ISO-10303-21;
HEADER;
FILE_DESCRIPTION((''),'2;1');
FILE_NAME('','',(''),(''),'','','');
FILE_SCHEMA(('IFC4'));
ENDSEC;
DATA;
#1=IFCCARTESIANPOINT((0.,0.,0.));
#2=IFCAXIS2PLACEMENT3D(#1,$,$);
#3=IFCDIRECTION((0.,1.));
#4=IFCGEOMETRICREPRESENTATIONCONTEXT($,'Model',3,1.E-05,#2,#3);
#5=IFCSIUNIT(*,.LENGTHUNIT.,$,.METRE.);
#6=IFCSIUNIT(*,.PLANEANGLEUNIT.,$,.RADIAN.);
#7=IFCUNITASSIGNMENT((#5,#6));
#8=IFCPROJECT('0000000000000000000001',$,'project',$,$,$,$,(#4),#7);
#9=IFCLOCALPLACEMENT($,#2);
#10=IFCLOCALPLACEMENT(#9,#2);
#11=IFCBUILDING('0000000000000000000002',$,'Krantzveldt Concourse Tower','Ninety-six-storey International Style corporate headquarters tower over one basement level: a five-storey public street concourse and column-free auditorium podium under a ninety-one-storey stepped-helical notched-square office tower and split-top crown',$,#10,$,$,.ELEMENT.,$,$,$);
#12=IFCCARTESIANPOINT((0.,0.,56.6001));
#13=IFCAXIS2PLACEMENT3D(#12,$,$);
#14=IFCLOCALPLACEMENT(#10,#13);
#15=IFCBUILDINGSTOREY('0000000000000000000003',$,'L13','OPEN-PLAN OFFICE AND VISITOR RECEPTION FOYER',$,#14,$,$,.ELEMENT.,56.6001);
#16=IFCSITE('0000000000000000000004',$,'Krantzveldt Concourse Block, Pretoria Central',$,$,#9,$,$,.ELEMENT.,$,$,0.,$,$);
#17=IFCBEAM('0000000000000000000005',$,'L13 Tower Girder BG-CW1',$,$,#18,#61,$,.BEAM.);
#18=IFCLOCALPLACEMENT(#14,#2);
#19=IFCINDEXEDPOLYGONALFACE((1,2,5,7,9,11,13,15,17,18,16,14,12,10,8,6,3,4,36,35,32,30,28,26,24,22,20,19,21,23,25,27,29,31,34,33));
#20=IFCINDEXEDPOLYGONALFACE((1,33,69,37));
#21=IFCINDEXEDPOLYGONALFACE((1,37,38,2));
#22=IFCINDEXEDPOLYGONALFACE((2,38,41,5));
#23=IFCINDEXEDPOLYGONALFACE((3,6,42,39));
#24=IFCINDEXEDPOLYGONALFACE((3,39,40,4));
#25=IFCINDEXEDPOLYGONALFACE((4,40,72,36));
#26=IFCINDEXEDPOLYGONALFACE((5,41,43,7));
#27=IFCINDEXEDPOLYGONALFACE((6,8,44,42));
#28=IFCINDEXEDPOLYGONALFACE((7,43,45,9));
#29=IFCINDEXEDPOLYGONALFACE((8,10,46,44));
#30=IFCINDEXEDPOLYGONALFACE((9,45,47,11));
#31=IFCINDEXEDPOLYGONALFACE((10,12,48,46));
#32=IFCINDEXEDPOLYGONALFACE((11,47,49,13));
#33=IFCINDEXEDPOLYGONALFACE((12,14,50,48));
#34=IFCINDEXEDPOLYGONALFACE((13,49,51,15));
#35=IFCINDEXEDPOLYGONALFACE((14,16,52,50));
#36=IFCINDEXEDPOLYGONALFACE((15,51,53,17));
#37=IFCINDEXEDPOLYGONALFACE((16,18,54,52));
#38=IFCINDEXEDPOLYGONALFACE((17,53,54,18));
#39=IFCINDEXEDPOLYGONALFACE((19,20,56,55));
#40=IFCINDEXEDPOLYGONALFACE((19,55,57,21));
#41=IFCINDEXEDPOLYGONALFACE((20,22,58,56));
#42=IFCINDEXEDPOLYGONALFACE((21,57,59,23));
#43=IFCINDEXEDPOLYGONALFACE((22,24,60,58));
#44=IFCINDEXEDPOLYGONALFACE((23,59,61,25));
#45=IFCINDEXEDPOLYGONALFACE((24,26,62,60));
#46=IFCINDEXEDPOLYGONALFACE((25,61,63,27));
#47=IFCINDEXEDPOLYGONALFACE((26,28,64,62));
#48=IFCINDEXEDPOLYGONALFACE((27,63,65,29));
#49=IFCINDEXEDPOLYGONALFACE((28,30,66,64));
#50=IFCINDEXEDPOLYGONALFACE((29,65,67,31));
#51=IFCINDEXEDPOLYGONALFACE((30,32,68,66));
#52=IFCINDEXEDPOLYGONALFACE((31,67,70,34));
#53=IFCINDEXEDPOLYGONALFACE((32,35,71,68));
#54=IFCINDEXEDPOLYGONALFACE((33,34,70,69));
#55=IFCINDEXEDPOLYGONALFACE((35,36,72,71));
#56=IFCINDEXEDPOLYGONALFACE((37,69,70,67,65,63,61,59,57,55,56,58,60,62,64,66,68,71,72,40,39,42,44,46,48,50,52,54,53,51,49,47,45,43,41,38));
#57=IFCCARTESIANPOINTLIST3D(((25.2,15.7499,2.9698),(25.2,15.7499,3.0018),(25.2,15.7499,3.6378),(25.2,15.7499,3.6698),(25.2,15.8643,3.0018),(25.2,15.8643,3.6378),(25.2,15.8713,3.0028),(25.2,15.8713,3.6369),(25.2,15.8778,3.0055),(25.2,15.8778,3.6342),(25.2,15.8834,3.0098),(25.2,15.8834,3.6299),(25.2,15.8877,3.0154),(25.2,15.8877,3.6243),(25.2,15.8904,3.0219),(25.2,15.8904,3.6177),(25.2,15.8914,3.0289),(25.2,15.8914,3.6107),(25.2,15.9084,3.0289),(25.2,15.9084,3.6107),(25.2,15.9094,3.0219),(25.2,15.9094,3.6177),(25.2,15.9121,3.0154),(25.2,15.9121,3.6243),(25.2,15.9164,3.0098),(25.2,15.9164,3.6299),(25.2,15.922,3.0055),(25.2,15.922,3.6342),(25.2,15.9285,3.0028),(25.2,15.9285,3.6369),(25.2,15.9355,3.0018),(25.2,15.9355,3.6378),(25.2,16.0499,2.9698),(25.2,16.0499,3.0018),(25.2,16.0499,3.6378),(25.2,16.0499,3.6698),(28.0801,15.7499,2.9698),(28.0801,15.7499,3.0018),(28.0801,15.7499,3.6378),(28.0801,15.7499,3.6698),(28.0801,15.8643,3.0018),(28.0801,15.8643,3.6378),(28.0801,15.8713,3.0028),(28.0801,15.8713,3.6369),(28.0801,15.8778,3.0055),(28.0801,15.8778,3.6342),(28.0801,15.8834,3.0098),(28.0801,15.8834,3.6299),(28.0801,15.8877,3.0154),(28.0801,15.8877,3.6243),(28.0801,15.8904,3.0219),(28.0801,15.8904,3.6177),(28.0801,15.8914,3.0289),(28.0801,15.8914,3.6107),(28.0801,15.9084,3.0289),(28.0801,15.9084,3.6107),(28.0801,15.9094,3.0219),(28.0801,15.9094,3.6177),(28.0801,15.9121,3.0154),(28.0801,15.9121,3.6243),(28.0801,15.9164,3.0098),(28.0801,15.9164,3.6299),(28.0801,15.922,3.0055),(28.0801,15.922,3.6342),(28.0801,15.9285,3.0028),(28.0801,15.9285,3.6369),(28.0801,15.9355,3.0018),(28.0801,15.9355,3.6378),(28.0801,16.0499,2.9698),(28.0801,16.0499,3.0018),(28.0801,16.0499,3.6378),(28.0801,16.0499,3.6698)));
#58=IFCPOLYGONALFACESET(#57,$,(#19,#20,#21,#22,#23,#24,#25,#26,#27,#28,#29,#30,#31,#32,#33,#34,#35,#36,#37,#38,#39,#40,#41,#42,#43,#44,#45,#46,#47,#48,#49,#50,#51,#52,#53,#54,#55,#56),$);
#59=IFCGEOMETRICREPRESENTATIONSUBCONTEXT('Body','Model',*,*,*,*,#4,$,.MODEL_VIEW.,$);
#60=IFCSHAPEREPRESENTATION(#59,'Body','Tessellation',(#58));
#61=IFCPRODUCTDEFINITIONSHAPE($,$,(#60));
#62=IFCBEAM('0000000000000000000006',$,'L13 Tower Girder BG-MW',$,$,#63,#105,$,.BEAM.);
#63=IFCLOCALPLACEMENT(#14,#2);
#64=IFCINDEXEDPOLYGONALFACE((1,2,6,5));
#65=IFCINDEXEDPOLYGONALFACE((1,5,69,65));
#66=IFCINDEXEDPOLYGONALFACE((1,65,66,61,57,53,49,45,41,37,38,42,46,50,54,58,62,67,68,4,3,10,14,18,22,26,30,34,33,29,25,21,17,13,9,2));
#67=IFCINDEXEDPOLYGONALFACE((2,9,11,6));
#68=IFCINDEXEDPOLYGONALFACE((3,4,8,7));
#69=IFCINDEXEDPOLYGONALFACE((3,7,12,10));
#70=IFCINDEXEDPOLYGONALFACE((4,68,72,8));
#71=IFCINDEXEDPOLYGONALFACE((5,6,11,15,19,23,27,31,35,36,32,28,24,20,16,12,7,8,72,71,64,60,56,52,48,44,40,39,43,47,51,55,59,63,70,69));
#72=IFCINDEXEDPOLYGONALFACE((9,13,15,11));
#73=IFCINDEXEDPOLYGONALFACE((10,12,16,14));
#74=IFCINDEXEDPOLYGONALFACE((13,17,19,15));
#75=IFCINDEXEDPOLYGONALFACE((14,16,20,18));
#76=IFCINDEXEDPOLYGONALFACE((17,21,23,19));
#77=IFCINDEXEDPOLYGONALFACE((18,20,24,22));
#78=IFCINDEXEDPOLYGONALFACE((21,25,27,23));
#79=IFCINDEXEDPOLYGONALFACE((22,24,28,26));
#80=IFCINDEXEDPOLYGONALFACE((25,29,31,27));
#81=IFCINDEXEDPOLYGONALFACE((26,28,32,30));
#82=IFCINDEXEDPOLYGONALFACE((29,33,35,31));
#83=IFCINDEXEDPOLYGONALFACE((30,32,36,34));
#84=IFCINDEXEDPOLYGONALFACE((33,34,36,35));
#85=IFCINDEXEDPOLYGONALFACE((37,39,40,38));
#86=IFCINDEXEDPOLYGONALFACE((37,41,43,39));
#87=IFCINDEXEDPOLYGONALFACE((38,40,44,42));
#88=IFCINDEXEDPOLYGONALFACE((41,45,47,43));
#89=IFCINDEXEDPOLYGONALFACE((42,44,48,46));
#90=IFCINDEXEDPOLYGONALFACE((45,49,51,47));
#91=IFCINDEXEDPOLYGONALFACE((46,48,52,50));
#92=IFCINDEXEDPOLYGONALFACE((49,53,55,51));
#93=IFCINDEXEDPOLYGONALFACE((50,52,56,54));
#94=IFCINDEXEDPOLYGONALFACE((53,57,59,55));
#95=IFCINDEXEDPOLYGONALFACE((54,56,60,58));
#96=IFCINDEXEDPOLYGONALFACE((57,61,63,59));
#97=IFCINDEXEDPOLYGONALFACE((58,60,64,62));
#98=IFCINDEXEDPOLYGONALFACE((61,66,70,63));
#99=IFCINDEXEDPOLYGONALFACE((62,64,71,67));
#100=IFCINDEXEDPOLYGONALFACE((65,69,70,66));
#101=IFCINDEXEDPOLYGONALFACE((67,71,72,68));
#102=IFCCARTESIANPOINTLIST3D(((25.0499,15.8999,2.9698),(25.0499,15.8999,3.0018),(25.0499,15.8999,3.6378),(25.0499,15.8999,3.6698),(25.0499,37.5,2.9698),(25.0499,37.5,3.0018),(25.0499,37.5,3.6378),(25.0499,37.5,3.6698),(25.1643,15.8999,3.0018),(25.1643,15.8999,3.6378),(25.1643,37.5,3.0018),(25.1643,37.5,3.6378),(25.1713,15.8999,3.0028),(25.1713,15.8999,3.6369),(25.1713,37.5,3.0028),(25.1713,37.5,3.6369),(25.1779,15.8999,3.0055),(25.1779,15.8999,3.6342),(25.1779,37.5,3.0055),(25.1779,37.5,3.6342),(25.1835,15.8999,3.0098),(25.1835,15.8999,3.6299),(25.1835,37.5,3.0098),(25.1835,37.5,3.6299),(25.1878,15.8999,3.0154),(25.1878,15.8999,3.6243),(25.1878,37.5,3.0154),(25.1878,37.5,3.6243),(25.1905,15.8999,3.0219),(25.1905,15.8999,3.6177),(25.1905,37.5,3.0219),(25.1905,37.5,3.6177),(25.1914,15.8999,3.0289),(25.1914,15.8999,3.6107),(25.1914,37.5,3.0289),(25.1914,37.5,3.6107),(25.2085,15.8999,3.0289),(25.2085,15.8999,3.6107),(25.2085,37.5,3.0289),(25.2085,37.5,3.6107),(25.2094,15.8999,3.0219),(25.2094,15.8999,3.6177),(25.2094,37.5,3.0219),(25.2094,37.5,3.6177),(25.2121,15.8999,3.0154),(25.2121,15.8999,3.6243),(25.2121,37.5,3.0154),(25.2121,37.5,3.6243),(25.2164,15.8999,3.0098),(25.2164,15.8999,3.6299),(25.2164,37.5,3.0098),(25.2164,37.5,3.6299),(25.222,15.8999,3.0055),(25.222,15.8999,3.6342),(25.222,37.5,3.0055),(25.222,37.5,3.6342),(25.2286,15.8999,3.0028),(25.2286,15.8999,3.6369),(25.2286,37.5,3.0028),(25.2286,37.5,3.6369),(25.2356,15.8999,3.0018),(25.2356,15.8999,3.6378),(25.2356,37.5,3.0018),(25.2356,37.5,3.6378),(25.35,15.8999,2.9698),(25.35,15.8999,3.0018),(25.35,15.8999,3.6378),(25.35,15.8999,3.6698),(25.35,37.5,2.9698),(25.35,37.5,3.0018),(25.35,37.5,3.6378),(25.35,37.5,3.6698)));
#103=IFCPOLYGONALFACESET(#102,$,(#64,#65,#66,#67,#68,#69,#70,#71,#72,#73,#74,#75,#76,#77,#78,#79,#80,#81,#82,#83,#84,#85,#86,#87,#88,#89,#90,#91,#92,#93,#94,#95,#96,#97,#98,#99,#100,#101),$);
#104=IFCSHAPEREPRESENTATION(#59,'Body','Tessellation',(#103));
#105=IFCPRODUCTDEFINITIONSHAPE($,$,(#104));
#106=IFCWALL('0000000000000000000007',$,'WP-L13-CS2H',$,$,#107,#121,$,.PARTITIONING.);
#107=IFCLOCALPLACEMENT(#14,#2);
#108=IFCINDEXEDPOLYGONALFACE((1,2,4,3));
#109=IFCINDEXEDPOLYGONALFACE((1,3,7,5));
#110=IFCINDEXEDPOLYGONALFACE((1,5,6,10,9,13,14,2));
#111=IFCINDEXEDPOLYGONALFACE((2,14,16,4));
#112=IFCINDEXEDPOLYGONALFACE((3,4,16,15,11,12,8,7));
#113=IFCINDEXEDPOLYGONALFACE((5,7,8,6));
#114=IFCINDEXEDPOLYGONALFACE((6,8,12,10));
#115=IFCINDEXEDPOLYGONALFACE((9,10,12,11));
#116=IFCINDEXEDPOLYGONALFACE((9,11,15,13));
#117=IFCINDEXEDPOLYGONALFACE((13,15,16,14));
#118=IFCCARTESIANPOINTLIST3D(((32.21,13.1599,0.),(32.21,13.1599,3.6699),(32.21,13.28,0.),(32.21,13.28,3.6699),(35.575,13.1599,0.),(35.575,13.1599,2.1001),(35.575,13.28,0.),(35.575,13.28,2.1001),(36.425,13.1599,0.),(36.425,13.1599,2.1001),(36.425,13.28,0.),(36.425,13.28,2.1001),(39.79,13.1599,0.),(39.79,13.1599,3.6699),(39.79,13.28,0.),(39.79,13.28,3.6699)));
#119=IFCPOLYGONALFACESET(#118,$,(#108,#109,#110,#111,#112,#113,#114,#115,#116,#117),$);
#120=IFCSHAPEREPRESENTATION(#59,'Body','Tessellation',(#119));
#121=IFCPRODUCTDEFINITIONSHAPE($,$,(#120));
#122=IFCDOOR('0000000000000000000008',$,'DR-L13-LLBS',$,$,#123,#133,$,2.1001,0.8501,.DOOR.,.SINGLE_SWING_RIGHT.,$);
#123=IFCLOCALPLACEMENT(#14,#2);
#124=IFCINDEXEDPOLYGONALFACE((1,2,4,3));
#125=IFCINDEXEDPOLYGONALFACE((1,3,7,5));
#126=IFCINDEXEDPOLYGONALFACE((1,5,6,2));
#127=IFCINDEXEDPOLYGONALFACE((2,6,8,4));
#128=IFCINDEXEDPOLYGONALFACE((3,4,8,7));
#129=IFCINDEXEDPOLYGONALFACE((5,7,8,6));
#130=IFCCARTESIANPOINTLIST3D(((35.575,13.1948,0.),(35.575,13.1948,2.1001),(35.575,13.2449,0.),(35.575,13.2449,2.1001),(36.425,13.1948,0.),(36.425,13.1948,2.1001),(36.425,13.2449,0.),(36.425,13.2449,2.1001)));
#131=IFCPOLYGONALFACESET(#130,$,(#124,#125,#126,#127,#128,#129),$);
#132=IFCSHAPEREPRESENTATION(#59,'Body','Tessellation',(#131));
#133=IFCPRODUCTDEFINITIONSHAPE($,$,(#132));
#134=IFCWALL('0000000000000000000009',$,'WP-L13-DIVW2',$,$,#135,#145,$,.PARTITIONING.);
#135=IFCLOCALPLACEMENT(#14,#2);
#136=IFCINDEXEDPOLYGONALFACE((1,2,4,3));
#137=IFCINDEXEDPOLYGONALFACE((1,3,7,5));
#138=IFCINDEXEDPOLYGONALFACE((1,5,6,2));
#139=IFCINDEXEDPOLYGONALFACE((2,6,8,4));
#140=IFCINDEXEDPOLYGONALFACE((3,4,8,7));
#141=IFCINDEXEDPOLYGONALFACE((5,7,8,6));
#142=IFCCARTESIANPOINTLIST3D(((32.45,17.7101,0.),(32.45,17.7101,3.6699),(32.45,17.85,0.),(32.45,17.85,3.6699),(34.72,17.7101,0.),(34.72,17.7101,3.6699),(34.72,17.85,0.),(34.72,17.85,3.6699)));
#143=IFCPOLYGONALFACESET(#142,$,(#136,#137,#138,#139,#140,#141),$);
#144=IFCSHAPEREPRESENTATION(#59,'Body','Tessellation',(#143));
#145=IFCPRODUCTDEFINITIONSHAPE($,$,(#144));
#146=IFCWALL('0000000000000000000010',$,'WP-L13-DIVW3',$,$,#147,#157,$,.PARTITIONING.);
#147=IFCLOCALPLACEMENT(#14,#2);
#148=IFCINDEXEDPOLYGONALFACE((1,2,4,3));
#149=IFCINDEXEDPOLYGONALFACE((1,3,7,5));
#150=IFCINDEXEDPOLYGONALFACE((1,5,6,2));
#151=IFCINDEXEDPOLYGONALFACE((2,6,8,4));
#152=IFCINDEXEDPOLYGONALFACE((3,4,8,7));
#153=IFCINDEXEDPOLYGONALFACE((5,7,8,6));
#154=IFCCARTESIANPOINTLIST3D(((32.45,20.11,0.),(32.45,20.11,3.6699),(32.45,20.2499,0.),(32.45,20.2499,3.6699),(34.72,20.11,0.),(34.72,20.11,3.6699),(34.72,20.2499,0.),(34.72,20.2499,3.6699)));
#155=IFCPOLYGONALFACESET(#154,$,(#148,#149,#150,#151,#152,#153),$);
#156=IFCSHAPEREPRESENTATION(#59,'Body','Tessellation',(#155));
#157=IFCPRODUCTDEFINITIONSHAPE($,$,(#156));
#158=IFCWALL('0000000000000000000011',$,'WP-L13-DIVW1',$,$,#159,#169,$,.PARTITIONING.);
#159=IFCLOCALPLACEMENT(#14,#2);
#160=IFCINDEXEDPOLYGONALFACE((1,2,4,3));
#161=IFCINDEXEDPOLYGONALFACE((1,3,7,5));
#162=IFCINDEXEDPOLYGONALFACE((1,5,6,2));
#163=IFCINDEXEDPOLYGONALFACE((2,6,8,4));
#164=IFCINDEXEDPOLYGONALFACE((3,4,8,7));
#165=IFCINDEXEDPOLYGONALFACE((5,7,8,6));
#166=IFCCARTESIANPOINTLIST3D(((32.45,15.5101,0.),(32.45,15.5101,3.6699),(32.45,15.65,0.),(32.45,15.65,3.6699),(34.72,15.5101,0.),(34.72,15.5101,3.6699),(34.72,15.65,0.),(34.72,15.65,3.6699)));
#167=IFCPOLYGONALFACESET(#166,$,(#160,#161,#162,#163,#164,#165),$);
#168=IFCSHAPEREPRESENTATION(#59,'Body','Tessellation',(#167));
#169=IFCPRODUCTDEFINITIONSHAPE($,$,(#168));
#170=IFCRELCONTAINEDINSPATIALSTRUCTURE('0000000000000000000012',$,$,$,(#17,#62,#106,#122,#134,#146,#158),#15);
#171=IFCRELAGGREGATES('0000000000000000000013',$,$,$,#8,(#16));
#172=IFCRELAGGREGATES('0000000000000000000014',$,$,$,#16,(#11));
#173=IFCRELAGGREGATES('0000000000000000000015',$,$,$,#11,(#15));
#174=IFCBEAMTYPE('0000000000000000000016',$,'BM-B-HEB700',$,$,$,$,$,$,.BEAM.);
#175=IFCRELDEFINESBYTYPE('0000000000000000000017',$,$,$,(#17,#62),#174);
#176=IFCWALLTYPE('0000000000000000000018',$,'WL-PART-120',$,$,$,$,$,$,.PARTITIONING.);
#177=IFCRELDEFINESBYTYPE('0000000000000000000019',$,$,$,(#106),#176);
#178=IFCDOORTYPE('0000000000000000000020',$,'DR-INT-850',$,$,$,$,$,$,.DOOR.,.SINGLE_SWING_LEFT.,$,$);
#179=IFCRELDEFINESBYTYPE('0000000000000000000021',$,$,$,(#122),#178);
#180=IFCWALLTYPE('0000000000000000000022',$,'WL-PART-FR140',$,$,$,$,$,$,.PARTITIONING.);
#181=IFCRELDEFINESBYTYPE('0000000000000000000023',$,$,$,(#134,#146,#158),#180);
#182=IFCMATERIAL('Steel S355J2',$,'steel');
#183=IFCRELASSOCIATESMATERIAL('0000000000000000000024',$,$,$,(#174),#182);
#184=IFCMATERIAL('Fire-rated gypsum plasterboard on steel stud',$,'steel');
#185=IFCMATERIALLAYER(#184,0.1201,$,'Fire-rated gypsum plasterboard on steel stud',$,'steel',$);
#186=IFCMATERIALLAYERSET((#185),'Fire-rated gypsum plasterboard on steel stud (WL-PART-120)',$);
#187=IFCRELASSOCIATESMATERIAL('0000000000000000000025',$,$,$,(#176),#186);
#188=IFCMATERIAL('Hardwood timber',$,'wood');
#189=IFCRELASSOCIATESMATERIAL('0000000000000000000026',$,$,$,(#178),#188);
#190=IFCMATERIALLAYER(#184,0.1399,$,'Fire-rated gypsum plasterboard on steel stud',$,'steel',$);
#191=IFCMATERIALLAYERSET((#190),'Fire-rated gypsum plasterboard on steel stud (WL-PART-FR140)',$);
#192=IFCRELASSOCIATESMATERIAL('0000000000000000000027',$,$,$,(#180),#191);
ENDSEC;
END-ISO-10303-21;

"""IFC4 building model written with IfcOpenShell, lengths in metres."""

from ifc_helpers import new_model, si_unit, direction, frame, frame_2d, origin, origin_2d, place, context, subcontext, project, spatial, rectangle, i_section, extrude, source, transform, mapped, material, layer, layer_set, material_profile, profile_set, type_object, type_shapes, element, fill, save


model = new_model("IFC4")

# Units and contexts
model_context = context("Model", 3, precision=1e-05, world=origin(), true_north=direction((0.0, 1.0)))
body_context = subcontext(model_context, "Body", "Model", "MODEL_VIEW")
ifc_project = project(units=[si_unit("LENGTHUNIT", "METRE"), si_unit("PLANEANGLEUNIT", "RADIAN")], contexts=[model_context])

# Site, building, storey
site_placement = place(None, origin())
site = spatial("IfcSite", under=ifc_project, at=site_placement, Name="Krantzveldt Concourse Block, Pretoria Central", CompositionType="ELEMENT", RefElevation=0.0)
building_placement = place(site_placement, origin())
building = spatial("IfcBuilding", under=site, at=building_placement, Name="Krantzveldt Concourse Tower", Description="Ninety-six-storey International Style corporate headquarters tower over one basement level: a five-storey public street concourse and column-free auditorium podium under a ninety-one-storey stepped-helical notched-square office tower and split-top crown", CompositionType="ELEMENT")
storey_placement = place(building_placement, frame((0.0, 0.0, 56.6001)))
storey = spatial("IfcBuildingStorey", under=building, at=storey_placement, Name="L13", Description="OPEN-PLAN OFFICE AND VISITOR RECEPTION FOYER", CompositionType="ELEMENT", Elevation=56.6001)

# Beams
ifc_material_1 = material(Name="Steel S355J2", Category="steel")
ifc_material_profile = material_profile(ifc_material_1, i_section(OverallWidth=0.3, OverallDepth=0.7, WebThickness=0.0171, FlangeThickness=0.032, FilletRadius=0.0271, at=origin_2d()), Name="Steel S355J2", Category="steel")
ifc_profile_set = profile_set([ifc_material_profile], Name="Steel S355J2 - HEB 700")
beam_type = type_object("IfcBeamType", Name="BM-B-HEB700", PredefinedType="BEAM", material=ifc_profile_set)
shared_shape_1 = source(origin(), body_context, "Body", "SweptSolid", [
    extrude(i_section(OverallWidth=0.3, OverallDepth=0.7, WebThickness=0.0171, FlangeThickness=0.032, FilletRadius=0.0271, at=origin_2d()), origin(), (0.0, 0.0, 1.0), 2.8801),
])
beam_1_placement = place(storey_placement, frame((25.2, 15.8999, 3.3198), z_axis=(1.0, 0.0, 0.0), x_axis=(0.0, 1.0, 0.0)))
element("IfcBeam", 1, at=beam_1_placement, inside=storey, type_object=beam_type, Name="L13 Tower Girder BG-CW1", PredefinedType="BEAM", context=body_context, shape_type="MappedRepresentation", body=[
    mapped(shared_shape_1, transform((0.0, 0.0, 0.0), x_axis=(1.0, 0.0, 0.0), y_axis=(0.0, 1.0, 0.0), z_axis=(0.0, 0.0, 1.0), scale=1.0)),
])
shared_shape_2 = source(origin(), body_context, "Body", "SweptSolid", [
    extrude(i_section(OverallWidth=0.3, OverallDepth=0.7, WebThickness=0.0171, FlangeThickness=0.032, FilletRadius=0.0271, at=origin_2d()), origin(), (0.0, 0.0, 1.0), 21.6001),
])
type_shapes(beam_type, [shared_shape_1, shared_shape_2])
beam_2_placement = place(storey_placement, frame((25.2, 15.8999, 3.3198), z_axis=(0.0, 1.0, 0.0), x_axis=(-1.0, 0.0, 0.0)))
element("IfcBeam", 2, at=beam_2_placement, inside=storey, type_object=beam_type, Name="L13 Tower Girder BG-MW", PredefinedType="BEAM", context=body_context, shape_type="MappedRepresentation", body=[
    mapped(shared_shape_2, transform((0.0, 0.0, 0.0), x_axis=(1.0, 0.0, 0.0), y_axis=(0.0, 1.0, 0.0), z_axis=(0.0, 0.0, 1.0), scale=1.0)),
])

# Wall, opening, door
ifc_material_2 = material(Name="Fire-rated gypsum plasterboard on steel stud", Category="steel")
ifc_layer_1 = layer(ifc_material_2, 0.1201, Name="Fire-rated gypsum plasterboard on steel stud", Category="steel")
ifc_layer_set_1 = layer_set([ifc_layer_1], Name="Fire-rated gypsum plasterboard on steel stud (WL-PART-120)")
wall_type_1 = type_object("IfcWallType", Name="WL-PART-120", PredefinedType="PARTITIONING", material=ifc_layer_set_1)
wall_1_placement = place(storey_placement, frame((32.21, 13.22, 0.0), z_axis=(0.0, 0.0, 1.0), x_axis=(1.0, 0.0, 0.0)))
wall_1 = element("IfcWall", 3, at=wall_1_placement, inside=storey, type_object=wall_type_1, Name="WP-L13-CS2H", PredefinedType="PARTITIONING", context=body_context, shape_type="SweptSolid", body=[
    extrude(rectangle(XDim=7.5801, YDim=0.1201, at=frame_2d((3.79, 0.0))), origin(), (0.0, 0.0, 1.0), 3.6699),
])
opening_1_placement = place(wall_1_placement, frame((3.365, 0.0, 0.0)))
opening_1 = element("IfcOpeningElement", 4, at=opening_1_placement, cuts=wall_1, PredefinedType="OPENING", context=body_context, shape_type="SweptSolid", body=[
    extrude(rectangle(XDim=0.8501, YDim=2.1001, at=frame_2d((0.425, 1.05))), frame((0.0, 0.0701, 0.0), z_axis=(0.0, -1.0, 0.0), x_axis=(1.0, 0.0, 0.0)), (0.0, 0.0, 1.0), 0.1401),
])
ifc_material_3 = material(Name="Hardwood timber", Category="wood")
door_type_1 = type_object("IfcDoorType", Name="DR-INT-850", OperationType="SINGLE_SWING_LEFT", PredefinedType="DOOR", material=ifc_material_3)
door_1_placement = place(opening_1_placement, origin())
door_1 = element("IfcDoor", 5, at=door_1_placement, inside=storey, type_object=door_type_1, Name="DR-L13-LLBS", OperationType="SINGLE_SWING_RIGHT", OverallHeight=2.1001, OverallWidth=0.8501, PredefinedType="DOOR", context=body_context, shape_type="SweptSolid", body=[
    extrude(rectangle(XDim=0.8501, YDim=2.1001, at=frame_2d((0.425, 1.05))), frame((0.0, 0.0249, 0.0), z_axis=(0.0, -1.0, 0.0), x_axis=(1.0, 0.0, 0.0)), (0.0, 0.0, 1.0), 0.05),
])
fill(opening_1, door_1)

# Walls
ifc_layer_2 = layer(ifc_material_2, 0.1399, Name="Fire-rated gypsum plasterboard on steel stud", Category="steel")
ifc_layer_set_2 = layer_set([ifc_layer_2], Name="Fire-rated gypsum plasterboard on steel stud (WL-PART-FR140)")
wall_type_2 = type_object("IfcWallType", Name="WL-PART-FR140", PredefinedType="PARTITIONING", material=ifc_layer_set_2)
for number, where, z_axis, x_axis, name in (
    (6, (32.45, 17.78, 0.0), (0.0, 0.0, 1.0), (1.0, 0.0, 0.0), "WP-L13-DIVW2"),
    (7, (32.45, 20.1799, 0.0), (0.0, 0.0, 1.0), (1.0, 0.0, 0.0), "WP-L13-DIVW3"),
    (8, (32.45, 15.5801, 0.0), (0.0, 0.0, 1.0), (1.0, 0.0, 0.0), "WP-L13-DIVW1"),
):
    element("IfcWall", number, at=place(storey_placement, frame(where, z_axis=z_axis, x_axis=x_axis)), inside=storey, type_object=wall_type_2, Name=name, PredefinedType="PARTITIONING", context=body_context, shape_type="SweptSolid", body=[
        extrude(rectangle(XDim=2.27, YDim=0.1399, at=frame_2d((1.135, 0.0))), origin(), (0.0, 0.0, 1.0), 3.6699),
    ])

save(model, "model.ifc")
